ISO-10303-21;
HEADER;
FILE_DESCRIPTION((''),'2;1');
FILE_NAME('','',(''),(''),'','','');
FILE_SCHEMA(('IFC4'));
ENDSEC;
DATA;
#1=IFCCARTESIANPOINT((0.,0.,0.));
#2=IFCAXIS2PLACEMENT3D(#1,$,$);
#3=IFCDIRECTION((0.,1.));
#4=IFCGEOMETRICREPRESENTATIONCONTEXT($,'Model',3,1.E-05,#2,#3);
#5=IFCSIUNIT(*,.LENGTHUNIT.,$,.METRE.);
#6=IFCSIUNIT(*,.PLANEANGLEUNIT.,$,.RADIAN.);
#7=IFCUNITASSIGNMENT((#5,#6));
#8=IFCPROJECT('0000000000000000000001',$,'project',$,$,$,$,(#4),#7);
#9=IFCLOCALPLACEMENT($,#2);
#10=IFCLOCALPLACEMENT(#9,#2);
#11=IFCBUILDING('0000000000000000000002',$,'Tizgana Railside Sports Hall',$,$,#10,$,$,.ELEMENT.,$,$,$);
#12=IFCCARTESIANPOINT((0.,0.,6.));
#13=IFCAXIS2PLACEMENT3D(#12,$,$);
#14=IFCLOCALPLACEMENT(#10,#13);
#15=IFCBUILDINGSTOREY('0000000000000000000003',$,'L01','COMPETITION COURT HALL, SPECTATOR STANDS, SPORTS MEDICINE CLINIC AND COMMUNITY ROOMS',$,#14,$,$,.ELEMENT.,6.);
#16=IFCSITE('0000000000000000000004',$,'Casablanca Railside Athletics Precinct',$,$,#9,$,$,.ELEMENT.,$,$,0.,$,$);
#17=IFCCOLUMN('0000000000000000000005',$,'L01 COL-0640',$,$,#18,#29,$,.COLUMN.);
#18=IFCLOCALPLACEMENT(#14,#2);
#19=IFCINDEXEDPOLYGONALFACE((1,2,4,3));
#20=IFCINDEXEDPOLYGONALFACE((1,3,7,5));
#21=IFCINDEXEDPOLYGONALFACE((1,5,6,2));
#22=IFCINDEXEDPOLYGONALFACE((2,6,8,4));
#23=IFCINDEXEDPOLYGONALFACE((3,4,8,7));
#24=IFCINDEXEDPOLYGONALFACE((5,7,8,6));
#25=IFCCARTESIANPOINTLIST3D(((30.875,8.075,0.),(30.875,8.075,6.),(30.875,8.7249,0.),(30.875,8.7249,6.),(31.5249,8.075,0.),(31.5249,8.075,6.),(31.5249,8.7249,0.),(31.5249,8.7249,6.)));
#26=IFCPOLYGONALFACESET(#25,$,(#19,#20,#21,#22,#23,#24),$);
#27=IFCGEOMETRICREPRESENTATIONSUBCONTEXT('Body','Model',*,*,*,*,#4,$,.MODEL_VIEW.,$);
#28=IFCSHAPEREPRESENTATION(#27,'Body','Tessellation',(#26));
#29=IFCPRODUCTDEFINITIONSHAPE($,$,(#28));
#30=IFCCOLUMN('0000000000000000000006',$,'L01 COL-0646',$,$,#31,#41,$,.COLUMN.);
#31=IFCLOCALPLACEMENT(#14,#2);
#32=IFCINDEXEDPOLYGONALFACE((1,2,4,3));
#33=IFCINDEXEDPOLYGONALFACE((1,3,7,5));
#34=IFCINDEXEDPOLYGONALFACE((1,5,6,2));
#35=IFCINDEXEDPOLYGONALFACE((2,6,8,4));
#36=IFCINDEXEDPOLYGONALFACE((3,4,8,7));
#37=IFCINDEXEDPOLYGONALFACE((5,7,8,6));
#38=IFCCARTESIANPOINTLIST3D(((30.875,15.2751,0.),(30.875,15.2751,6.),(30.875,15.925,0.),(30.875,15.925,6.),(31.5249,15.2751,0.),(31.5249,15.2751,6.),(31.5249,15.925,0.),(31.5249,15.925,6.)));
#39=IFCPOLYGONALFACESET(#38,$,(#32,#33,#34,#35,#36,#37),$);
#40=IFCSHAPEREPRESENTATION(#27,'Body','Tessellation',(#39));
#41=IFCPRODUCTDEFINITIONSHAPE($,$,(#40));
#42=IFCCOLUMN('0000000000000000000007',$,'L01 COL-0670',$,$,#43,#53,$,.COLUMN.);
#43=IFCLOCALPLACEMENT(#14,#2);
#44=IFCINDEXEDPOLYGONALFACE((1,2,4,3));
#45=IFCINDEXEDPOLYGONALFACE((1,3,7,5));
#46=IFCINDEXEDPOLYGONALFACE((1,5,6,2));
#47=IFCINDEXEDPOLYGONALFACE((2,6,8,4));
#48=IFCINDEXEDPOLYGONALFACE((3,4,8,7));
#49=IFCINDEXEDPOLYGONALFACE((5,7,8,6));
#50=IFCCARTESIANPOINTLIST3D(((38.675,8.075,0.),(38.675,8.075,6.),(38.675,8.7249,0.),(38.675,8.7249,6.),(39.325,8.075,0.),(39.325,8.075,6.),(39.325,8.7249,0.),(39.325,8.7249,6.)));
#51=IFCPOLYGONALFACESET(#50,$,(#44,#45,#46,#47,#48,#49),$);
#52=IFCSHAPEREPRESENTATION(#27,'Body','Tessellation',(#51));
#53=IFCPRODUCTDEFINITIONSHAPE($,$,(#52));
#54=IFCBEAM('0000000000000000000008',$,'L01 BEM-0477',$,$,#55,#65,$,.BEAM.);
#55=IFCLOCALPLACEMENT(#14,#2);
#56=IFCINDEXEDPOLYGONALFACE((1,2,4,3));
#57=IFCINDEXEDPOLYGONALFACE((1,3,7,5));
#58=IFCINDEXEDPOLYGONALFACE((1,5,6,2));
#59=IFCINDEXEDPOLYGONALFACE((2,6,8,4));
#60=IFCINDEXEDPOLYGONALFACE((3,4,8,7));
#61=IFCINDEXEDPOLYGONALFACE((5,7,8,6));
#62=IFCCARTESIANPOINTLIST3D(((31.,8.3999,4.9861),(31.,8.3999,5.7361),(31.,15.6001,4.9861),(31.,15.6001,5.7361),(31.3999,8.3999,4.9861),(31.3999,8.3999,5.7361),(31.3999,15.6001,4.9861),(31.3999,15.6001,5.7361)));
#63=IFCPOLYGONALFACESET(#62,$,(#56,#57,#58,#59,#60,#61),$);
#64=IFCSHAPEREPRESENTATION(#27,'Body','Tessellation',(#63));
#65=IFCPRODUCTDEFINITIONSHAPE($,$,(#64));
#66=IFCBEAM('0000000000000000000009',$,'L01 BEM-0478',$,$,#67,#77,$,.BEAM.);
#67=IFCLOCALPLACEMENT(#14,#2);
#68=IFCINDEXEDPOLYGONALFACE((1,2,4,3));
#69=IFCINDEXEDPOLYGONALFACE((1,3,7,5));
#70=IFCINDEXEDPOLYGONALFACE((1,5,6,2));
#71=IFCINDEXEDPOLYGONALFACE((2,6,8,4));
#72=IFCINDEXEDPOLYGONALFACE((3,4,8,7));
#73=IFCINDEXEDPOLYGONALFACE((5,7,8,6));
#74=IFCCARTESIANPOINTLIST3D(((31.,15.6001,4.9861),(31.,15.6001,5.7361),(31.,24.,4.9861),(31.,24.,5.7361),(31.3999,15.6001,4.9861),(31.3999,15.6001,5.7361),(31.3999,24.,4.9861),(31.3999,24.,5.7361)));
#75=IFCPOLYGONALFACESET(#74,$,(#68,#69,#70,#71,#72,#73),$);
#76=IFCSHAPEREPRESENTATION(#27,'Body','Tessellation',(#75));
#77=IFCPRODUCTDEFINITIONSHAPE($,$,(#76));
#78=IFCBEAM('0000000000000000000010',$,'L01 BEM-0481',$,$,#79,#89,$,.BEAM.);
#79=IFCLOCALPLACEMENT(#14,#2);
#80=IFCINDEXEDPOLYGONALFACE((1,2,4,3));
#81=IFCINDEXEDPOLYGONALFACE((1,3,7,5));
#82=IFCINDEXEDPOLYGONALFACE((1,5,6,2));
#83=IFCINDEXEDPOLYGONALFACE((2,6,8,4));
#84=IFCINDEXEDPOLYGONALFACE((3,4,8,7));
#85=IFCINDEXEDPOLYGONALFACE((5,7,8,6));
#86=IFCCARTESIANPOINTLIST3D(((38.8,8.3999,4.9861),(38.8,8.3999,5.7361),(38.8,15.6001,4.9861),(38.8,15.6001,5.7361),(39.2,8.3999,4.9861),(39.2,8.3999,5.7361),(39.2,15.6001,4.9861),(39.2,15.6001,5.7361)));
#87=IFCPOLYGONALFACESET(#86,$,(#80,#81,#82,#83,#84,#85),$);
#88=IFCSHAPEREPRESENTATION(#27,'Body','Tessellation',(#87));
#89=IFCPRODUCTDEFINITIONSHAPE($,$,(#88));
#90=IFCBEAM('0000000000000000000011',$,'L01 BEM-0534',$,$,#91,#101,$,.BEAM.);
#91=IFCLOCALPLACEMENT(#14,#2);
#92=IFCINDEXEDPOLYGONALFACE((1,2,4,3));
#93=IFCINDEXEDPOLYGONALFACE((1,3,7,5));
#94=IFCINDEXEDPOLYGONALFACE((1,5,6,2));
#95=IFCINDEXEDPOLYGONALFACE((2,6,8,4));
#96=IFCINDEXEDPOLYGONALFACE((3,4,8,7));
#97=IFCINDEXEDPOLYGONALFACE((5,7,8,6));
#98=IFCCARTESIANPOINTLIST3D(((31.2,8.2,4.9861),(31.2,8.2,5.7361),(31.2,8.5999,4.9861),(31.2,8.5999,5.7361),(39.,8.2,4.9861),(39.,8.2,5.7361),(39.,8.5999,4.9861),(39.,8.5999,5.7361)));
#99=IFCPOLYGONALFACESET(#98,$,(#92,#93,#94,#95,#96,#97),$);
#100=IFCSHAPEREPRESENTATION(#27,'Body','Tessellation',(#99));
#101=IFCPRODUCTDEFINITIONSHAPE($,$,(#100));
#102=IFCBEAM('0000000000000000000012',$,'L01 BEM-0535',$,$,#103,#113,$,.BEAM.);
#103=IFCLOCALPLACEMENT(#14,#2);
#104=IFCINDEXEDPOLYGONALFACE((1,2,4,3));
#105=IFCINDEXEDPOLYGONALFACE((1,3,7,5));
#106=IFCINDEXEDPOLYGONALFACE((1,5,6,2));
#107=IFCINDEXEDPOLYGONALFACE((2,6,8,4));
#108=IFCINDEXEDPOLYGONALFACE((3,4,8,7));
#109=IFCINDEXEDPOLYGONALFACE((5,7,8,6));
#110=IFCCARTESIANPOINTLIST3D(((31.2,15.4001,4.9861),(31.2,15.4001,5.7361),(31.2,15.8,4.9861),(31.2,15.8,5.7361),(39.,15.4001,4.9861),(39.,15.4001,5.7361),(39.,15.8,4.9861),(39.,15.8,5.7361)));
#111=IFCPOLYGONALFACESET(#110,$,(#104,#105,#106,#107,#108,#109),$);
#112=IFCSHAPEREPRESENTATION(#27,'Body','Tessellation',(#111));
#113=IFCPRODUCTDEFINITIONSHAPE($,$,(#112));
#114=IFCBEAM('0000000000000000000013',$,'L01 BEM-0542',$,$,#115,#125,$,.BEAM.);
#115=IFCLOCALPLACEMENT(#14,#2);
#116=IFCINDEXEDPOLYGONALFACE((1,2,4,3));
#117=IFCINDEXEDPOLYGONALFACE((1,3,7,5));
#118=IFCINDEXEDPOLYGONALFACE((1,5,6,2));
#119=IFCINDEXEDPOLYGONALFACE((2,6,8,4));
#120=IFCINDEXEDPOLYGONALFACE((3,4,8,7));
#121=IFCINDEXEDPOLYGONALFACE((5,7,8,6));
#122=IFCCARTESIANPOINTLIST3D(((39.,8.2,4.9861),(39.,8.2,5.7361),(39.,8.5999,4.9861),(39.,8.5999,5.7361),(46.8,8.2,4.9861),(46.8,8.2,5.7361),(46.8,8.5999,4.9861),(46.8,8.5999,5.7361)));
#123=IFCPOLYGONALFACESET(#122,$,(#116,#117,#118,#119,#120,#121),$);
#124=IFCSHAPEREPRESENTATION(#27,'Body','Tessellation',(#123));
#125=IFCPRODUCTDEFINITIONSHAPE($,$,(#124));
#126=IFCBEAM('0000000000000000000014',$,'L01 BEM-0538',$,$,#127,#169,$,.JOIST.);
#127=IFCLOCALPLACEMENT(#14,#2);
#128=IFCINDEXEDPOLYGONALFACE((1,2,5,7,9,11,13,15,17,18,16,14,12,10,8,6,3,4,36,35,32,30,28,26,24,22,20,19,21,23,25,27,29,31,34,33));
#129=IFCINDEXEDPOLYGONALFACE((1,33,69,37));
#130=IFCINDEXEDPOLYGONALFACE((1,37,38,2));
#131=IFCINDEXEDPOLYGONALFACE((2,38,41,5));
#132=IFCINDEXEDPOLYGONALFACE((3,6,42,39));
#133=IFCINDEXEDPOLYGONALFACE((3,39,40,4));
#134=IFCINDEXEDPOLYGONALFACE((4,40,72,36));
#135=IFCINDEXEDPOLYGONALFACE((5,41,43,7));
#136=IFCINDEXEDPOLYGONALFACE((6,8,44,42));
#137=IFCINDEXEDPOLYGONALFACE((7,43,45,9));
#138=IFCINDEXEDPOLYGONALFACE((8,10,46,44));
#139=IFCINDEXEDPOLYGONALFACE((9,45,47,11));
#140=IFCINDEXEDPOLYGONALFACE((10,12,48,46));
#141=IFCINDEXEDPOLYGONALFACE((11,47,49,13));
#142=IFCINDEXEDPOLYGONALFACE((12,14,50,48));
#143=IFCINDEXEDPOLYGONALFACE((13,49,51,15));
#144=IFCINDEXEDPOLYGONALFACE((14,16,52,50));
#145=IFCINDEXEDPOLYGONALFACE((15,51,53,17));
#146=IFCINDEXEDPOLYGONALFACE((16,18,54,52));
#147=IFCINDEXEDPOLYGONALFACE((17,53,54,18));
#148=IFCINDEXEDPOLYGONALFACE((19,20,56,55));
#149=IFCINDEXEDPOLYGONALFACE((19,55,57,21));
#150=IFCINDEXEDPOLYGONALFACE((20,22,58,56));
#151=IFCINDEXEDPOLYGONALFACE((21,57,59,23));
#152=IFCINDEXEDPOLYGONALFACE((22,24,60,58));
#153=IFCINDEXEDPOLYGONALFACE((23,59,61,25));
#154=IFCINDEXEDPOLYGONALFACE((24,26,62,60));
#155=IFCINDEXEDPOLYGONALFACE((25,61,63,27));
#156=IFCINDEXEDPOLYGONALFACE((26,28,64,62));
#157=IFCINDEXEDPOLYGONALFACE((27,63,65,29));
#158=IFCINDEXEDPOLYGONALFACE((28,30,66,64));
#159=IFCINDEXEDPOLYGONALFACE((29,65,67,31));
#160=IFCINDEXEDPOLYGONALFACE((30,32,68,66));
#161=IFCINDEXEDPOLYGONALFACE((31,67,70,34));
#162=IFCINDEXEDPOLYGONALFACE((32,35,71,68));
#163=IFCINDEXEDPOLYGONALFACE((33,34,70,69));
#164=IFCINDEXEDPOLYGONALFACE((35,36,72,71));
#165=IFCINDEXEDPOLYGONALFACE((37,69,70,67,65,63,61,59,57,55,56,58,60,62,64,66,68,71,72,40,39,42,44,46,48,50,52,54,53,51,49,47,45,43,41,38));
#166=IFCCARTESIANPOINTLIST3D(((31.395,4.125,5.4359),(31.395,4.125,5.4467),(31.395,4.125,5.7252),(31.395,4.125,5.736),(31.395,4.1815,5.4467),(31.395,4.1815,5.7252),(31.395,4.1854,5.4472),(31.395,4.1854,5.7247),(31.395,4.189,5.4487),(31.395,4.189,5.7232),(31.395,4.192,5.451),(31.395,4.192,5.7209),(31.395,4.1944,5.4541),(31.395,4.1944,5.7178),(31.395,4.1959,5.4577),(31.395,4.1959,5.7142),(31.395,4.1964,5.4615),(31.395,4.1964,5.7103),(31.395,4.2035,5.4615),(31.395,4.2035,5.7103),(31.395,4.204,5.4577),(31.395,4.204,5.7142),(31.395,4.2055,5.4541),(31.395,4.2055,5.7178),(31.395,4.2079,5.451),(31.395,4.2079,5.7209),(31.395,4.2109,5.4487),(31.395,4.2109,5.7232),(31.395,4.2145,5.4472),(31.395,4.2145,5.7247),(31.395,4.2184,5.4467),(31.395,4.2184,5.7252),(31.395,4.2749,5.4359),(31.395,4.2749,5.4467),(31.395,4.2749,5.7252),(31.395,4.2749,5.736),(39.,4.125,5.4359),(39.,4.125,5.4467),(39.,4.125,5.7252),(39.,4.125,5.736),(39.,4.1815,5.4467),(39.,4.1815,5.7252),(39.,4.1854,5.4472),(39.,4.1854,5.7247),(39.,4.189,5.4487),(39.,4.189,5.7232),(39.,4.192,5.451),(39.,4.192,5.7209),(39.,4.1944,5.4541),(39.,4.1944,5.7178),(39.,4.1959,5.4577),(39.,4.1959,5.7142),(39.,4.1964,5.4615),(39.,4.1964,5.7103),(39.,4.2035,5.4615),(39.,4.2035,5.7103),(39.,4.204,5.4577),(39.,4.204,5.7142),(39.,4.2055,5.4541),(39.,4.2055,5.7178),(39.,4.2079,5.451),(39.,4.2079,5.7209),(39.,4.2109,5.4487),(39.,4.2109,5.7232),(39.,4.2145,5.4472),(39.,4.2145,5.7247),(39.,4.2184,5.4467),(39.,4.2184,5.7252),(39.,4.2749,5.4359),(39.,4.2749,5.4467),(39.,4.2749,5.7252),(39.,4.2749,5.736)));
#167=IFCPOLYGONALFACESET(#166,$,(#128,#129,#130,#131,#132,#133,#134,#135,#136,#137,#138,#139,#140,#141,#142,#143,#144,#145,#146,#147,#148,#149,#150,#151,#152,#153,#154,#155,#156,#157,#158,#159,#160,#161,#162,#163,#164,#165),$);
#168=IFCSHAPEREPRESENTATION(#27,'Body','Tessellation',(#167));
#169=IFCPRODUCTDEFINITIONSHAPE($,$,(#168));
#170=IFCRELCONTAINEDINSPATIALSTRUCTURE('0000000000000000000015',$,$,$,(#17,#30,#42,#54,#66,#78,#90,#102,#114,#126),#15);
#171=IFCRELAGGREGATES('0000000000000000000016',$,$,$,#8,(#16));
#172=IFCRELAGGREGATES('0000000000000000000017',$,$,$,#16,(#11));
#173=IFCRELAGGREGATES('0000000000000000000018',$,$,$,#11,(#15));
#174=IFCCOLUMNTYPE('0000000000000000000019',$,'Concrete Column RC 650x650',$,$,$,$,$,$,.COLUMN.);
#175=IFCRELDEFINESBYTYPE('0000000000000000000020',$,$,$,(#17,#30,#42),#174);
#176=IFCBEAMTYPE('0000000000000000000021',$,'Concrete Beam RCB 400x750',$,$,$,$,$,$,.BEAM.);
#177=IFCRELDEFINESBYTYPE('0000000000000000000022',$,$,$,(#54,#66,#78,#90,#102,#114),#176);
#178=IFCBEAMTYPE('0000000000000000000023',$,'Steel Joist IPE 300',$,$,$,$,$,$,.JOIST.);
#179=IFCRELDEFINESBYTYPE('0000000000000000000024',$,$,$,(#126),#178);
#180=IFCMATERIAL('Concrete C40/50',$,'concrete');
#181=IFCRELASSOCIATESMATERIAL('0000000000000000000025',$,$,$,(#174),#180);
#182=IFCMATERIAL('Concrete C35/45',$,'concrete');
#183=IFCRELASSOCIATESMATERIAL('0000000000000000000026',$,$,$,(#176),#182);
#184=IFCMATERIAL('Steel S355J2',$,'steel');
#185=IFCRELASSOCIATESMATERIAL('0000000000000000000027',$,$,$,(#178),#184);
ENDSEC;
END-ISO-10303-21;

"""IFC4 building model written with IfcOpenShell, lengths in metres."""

from ifc_helpers import new_model, si_unit, direction, frame, origin, origin_2d, place, context, subcontext, project, spatial, rectangle, i_section, extrude, material, material_profile, profile_set, type_object, element, save


model = new_model("IFC4")

# Units and contexts
model_context = context("Model", 3, precision=1e-05, world=origin(), true_north=direction((0.0, 1.0)))
body_context = subcontext(model_context, "Body", "Model", "MODEL_VIEW")
ifc_project = project(units=[si_unit("LENGTHUNIT", "METRE"), si_unit("PLANEANGLEUNIT", "RADIAN")], contexts=[model_context])

# Site, building, storey
site_placement = place(None, origin())
site = spatial("IfcSite", under=ifc_project, at=site_placement, Name="Casablanca Railside Athletics Precinct", CompositionType="ELEMENT", RefElevation=0.0)
building_placement = place(site_placement, origin())
building = spatial("IfcBuilding", under=site, at=building_placement, Name="Tizgana Railside Sports Hall", CompositionType="ELEMENT")
storey_placement = place(building_placement, frame((0.0, 0.0, 6.0)))
storey = spatial("IfcBuildingStorey", under=building, at=storey_placement, Name="L01", Description="COMPETITION COURT HALL, SPECTATOR STANDS, SPORTS MEDICINE CLINIC AND COMMUNITY ROOMS", CompositionType="ELEMENT", Elevation=6.0)

# Columns
ifc_material_1 = material(Name="Concrete C40/50", Category="concrete")
ifc_material_profile_1 = material_profile(ifc_material_1, rectangle(XDim=0.6499, YDim=0.6499, at=origin_2d()), Name="RC 650x650")
ifc_profile_set_1 = profile_set([ifc_material_profile_1], Name="Concrete C40/50")
column_type = type_object("IfcColumnType", Name="Concrete Column RC 650x650", PredefinedType="COLUMN", material=ifc_profile_set_1)
for number, where, z_axis, x_axis, name in (
    (1, (31.2, 8.3999, 0.0), (0.0, 0.0, 1.0), (1.0, 0.0, 0.0), "L01 COL-0640"),
    (2, (31.2, 15.6001, 0.0), (0.0, 0.0, 1.0), (1.0, 0.0, 0.0), "L01 COL-0646"),
    (3, (39.0, 8.3999, 0.0), (0.0, 0.0, 1.0), (1.0, 0.0, 0.0), "L01 COL-0670"),
):
    element("IfcColumn", number, at=place(storey_placement, frame(where, z_axis=z_axis, x_axis=x_axis)), inside=storey, type_object=column_type, Name=name, PredefinedType="COLUMN", context=body_context, shape_type="SweptSolid", body=[
        extrude(rectangle(XDim=0.6499, YDim=0.6499, at=origin_2d()), origin(), (0.0, 0.0, 1.0), 6.0),
    ])

# Beams
ifc_material_2 = material(Name="Concrete C35/45", Category="concrete")
ifc_material_profile_2 = material_profile(ifc_material_2, rectangle(XDim=0.3999, YDim=0.75, at=origin_2d()), Name="RCB 400x750")
ifc_profile_set_2 = profile_set([ifc_material_profile_2], Name="Concrete C35/45")
beam_type_1 = type_object("IfcBeamType", Name="Concrete Beam RCB 400x750", PredefinedType="BEAM", material=ifc_profile_set_2)
beam_1_placement = place(storey_placement, frame((31.2, 8.3999, 5.3611), z_axis=(0.0, 1.0, 0.0), x_axis=(-1.0, 0.0, 0.0)))
element("IfcBeam", 4, at=beam_1_placement, inside=storey, type_object=beam_type_1, Name="L01 BEM-0477", PredefinedType="BEAM", context=body_context, shape_type="SweptSolid", body=[
    extrude(rectangle(XDim=0.3999, YDim=0.75, at=origin_2d()), origin(), (0.0, 0.0, 1.0), 7.2002),
])
beam_2_placement = place(storey_placement, frame((31.2, 15.6001, 5.3611), z_axis=(0.0, 1.0, 0.0), x_axis=(-1.0, 0.0, 0.0)))
element("IfcBeam", 5, at=beam_2_placement, inside=storey, type_object=beam_type_1, Name="L01 BEM-0478", PredefinedType="BEAM", context=body_context, shape_type="SweptSolid", body=[
    extrude(rectangle(XDim=0.3999, YDim=0.75, at=origin_2d()), origin(), (0.0, 0.0, 1.0), 8.3999),
])
beam_3_placement = place(storey_placement, frame((39.0, 8.3999, 5.3611), z_axis=(0.0, 1.0, 0.0), x_axis=(-1.0, 0.0, 0.0)))
element("IfcBeam", 6, at=beam_3_placement, inside=storey, type_object=beam_type_1, Name="L01 BEM-0481", PredefinedType="BEAM", context=body_context, shape_type="SweptSolid", body=[
    extrude(rectangle(XDim=0.3999, YDim=0.75, at=origin_2d()), origin(), (0.0, 0.0, 1.0), 7.2002),
])
for number, where, z_axis, x_axis, name in (
    (7, (31.2, 8.3999, 5.3611), (1.0, 0.0, 0.0), (0.0, 1.0, 0.0), "L01 BEM-0534"),
    (8, (31.2, 15.6001, 5.3611), (1.0, 0.0, 0.0), (0.0, 1.0, 0.0), "L01 BEM-0535"),
    (9, (39.0, 8.3999, 5.3611), (1.0, 0.0, 0.0), (0.0, 1.0, 0.0), "L01 BEM-0542"),
):
    element("IfcBeam", number, at=place(storey_placement, frame(where, z_axis=z_axis, x_axis=x_axis)), inside=storey, type_object=beam_type_1, Name=name, PredefinedType="BEAM", context=body_context, shape_type="SweptSolid", body=[
        extrude(rectangle(XDim=0.3999, YDim=0.75, at=origin_2d()), origin(), (0.0, 0.0, 1.0), 7.8),
    ])
ifc_material_3 = material(Name="Steel S355J2", Category="steel")
ifc_material_profile_3 = material_profile(ifc_material_3, i_section(OverallWidth=0.1499, OverallDepth=0.3, WebThickness=0.0071, FlangeThickness=0.0107, FilletRadius=0.0149, at=origin_2d()), Name="IPE 300")
ifc_profile_set_3 = profile_set([ifc_material_profile_3], Name="Steel S355J2")
beam_type_2 = type_object("IfcBeamType", Name="Steel Joist IPE 300", PredefinedType="JOIST", material=ifc_profile_set_3)
beam_4_placement = place(storey_placement, frame((31.395, 4.2, 5.5859), z_axis=(1.0, 0.0, 0.0), x_axis=(0.0, 1.0, 0.0)))
element("IfcBeam", 10, at=beam_4_placement, inside=storey, type_object=beam_type_2, Name="L01 BEM-0538", PredefinedType="JOIST", context=body_context, shape_type="SweptSolid", body=[
    extrude(i_section(OverallWidth=0.1499, OverallDepth=0.3, WebThickness=0.0071, FlangeThickness=0.0107, FilletRadius=0.0149, at=origin_2d()), origin(), (0.0, 0.0, 1.0), 7.605),
])

save(model, "model.ifc")
